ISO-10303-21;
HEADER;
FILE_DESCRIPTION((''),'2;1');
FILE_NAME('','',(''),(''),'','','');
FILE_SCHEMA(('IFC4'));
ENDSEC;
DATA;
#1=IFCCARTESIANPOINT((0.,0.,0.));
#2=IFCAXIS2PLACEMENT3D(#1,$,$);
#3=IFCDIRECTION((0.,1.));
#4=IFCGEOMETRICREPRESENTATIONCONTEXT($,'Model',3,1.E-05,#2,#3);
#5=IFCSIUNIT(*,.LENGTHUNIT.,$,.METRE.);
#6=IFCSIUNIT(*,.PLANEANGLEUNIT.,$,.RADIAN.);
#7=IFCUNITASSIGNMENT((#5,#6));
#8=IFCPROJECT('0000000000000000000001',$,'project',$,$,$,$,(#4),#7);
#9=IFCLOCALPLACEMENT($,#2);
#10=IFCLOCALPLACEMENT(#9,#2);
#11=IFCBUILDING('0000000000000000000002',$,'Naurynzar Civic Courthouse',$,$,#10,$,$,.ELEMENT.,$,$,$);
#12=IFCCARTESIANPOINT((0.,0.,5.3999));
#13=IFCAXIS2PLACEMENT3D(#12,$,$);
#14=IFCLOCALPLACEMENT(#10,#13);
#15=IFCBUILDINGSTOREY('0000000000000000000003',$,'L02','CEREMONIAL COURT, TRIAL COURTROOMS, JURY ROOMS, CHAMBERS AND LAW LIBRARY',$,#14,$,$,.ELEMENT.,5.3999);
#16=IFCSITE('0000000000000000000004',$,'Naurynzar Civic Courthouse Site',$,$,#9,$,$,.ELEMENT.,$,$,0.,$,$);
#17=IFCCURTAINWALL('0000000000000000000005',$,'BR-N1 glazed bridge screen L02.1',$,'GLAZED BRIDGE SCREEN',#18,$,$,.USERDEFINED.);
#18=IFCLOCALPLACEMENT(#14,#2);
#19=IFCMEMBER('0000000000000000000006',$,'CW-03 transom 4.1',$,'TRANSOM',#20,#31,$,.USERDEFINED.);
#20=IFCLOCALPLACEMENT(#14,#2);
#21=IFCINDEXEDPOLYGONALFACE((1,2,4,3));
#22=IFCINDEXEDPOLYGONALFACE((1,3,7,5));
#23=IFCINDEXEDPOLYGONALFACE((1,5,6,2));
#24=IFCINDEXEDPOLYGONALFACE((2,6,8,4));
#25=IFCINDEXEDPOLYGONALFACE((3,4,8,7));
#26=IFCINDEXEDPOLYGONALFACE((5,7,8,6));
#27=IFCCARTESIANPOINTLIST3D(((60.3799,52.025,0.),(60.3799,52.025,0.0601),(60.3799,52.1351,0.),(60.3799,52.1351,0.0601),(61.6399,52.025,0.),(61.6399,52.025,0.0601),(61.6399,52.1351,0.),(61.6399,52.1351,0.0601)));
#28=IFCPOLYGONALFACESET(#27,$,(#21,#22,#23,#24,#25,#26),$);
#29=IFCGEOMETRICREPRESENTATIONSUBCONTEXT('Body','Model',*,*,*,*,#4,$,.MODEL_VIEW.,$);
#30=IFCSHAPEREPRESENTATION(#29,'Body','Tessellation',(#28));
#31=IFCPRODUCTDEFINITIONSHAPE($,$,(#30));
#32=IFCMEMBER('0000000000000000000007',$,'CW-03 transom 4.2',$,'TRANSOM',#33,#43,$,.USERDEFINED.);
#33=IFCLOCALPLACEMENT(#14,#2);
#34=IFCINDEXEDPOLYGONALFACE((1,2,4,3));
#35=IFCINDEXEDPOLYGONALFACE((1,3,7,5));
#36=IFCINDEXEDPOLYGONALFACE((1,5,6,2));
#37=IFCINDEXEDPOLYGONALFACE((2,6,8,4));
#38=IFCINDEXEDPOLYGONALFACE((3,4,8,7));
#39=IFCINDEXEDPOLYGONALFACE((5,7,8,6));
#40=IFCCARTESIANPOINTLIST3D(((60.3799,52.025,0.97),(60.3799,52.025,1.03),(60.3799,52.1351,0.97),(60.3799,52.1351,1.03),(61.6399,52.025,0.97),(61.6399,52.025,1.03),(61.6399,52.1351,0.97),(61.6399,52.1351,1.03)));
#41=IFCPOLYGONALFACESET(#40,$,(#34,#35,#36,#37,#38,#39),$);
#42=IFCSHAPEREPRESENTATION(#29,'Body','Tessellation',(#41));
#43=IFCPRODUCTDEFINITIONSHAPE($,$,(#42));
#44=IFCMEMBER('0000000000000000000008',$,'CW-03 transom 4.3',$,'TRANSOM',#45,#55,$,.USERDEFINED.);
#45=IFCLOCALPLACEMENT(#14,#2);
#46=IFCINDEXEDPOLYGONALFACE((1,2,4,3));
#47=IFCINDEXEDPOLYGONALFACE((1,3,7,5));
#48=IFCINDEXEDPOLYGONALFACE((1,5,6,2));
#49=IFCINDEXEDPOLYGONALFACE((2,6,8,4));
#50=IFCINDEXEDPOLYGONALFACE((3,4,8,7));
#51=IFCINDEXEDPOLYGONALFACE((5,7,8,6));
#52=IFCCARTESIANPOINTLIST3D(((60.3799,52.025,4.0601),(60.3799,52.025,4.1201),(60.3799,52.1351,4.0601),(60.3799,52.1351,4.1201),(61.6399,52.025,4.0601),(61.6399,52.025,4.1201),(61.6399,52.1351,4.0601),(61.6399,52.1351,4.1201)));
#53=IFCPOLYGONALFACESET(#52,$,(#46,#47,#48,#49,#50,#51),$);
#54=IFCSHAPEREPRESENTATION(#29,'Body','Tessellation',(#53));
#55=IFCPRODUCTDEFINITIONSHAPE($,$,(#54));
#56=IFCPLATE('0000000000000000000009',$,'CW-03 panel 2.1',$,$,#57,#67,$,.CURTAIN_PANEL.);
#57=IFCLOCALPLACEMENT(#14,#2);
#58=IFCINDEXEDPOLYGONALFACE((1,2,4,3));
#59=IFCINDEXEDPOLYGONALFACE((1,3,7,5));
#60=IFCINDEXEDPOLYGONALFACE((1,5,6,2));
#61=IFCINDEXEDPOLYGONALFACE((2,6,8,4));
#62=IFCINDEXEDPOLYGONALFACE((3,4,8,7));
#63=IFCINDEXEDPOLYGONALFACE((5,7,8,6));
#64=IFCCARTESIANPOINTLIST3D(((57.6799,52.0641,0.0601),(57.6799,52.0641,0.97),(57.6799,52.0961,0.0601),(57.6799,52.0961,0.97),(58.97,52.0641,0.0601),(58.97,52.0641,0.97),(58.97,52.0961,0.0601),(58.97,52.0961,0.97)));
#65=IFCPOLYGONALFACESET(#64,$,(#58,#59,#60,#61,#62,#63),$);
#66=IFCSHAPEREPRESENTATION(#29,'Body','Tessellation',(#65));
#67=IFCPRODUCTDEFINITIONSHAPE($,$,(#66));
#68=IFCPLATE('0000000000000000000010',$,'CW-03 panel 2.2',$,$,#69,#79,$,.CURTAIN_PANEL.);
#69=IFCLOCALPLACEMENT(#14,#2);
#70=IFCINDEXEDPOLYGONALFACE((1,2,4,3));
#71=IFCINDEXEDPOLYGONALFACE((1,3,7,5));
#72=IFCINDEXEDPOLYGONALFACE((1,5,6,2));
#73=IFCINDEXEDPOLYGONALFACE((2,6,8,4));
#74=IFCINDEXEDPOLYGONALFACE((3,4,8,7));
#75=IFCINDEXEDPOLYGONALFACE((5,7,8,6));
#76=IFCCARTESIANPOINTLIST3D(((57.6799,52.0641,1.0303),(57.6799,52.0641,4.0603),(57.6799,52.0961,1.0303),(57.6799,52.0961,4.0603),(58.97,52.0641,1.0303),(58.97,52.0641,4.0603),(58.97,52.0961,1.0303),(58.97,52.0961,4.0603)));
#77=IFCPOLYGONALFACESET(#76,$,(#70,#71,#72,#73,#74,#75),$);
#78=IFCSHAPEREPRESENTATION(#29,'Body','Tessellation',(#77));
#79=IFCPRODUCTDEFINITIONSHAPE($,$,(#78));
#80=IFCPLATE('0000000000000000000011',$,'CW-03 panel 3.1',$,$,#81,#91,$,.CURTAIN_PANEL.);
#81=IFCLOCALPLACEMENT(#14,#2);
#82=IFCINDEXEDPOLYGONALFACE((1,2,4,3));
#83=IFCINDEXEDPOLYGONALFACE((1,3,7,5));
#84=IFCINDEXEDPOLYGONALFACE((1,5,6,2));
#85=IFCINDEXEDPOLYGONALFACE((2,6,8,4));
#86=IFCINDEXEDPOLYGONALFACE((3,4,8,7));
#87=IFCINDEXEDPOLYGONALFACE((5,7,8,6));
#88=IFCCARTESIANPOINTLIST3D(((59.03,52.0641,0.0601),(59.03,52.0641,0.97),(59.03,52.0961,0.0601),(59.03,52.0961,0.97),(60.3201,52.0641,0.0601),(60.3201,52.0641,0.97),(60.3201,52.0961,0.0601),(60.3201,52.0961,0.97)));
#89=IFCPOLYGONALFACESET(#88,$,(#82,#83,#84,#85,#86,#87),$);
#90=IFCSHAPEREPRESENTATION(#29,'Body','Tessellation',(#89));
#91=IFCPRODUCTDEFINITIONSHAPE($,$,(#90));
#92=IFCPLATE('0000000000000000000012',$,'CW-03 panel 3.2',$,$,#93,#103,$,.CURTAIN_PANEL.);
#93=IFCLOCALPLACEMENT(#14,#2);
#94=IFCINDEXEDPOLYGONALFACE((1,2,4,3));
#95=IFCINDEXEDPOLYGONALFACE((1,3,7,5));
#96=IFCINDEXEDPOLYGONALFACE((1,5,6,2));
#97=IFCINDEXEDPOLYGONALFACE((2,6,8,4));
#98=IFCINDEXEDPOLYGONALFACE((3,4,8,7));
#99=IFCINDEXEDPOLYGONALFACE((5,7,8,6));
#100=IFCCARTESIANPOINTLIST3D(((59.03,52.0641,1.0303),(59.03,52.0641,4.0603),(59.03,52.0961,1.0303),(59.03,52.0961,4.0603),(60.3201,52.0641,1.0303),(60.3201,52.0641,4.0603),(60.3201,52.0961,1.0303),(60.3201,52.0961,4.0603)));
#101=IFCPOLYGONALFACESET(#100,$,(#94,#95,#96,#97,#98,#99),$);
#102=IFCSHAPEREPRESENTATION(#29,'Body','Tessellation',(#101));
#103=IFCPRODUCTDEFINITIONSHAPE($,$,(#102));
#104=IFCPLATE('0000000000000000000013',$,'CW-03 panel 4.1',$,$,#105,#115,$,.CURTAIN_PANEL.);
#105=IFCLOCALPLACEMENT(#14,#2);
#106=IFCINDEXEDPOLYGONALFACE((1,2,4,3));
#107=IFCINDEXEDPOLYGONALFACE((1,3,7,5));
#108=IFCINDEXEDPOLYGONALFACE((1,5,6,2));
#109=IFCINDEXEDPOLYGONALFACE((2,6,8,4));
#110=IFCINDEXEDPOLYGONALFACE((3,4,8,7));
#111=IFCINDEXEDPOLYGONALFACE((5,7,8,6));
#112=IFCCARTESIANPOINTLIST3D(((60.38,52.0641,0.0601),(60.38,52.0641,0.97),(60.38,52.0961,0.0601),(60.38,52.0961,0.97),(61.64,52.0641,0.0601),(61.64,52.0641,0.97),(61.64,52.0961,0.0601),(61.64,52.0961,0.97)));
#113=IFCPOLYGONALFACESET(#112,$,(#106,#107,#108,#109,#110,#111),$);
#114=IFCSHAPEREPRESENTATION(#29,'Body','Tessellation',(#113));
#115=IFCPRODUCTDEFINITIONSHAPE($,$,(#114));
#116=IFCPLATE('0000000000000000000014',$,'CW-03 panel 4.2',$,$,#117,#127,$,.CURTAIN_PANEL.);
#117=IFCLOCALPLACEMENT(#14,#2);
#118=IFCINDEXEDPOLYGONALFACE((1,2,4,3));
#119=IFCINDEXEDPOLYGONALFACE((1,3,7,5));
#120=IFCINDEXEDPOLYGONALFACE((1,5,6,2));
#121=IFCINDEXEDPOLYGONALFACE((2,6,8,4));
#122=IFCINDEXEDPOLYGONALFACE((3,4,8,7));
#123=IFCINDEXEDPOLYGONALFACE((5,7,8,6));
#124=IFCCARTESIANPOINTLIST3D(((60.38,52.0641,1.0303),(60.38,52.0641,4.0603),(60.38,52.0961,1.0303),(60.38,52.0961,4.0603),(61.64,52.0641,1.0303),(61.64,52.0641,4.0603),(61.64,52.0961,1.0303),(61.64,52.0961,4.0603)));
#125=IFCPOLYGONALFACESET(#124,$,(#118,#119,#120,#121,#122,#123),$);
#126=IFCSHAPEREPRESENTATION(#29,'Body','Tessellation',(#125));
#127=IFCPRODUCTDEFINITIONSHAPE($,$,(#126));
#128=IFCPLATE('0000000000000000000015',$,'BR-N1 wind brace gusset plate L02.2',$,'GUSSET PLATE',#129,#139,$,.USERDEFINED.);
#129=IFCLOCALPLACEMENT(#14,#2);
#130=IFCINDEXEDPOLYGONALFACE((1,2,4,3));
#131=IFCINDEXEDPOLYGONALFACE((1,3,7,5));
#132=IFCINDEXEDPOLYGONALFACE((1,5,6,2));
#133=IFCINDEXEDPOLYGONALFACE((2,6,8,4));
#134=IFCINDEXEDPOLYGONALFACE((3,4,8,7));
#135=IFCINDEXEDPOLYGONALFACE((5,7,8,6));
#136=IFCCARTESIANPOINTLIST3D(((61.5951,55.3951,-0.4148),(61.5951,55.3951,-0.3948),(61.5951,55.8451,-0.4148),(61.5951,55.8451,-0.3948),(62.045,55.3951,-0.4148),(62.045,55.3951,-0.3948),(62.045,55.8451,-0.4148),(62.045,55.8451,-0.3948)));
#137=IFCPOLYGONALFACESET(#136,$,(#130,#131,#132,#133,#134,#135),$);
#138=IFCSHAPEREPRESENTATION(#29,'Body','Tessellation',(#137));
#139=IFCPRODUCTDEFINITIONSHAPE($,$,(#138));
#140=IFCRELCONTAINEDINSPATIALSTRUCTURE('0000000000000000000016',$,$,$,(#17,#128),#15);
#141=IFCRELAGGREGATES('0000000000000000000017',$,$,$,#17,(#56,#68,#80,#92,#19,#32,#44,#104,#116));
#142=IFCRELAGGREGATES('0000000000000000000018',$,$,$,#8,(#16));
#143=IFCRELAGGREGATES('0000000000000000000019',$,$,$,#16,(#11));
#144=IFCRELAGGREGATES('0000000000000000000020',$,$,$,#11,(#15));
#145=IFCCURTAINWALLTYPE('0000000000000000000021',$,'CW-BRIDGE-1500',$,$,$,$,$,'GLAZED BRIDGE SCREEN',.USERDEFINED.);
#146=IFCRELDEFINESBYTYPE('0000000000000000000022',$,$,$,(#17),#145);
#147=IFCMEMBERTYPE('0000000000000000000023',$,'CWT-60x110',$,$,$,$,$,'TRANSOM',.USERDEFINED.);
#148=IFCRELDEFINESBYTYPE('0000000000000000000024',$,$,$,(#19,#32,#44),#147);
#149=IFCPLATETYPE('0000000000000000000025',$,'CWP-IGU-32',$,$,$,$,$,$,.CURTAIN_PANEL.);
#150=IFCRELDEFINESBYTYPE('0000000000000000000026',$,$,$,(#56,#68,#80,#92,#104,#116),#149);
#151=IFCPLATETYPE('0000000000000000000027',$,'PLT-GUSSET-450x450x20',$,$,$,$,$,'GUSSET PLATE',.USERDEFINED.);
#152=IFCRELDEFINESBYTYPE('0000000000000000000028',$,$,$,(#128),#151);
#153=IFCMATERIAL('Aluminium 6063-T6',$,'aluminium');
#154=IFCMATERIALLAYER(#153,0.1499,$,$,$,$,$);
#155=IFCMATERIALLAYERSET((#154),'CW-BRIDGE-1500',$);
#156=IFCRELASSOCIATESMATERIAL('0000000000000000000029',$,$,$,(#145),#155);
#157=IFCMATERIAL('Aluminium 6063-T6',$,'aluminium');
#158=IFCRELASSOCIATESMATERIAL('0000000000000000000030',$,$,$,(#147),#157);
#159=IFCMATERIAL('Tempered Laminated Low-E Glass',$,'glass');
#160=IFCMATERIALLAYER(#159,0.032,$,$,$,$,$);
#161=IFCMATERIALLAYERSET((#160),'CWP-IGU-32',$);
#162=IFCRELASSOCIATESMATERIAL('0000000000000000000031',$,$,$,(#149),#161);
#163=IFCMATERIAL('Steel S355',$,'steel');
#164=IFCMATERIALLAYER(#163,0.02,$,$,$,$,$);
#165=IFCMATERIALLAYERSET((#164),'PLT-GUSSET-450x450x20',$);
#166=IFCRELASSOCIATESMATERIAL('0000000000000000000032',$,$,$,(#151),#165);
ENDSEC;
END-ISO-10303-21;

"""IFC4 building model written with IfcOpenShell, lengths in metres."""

from ifc_helpers import new_model, si_unit, direction, frame, origin, origin_2d, place, context, subcontext, project, spatial, rectangle, extrude, material, layer, layer_set, material_profile, profile_set, type_object, element, aggregate, save


model = new_model("IFC4")

# Units and contexts
model_context = context("Model", 3, precision=1e-05, world=origin(), true_north=direction((0.0, 1.0)))
body_context = subcontext(model_context, "Body", "Model", "MODEL_VIEW")
ifc_project = project(units=[si_unit("LENGTHUNIT", "METRE"), si_unit("PLANEANGLEUNIT", "RADIAN")], contexts=[model_context])

# Site, building, storey
site_placement = place(None, origin())
site = spatial("IfcSite", under=ifc_project, at=site_placement, Name="Naurynzar Civic Courthouse Site", CompositionType="ELEMENT", RefElevation=0.0)
building_placement = place(site_placement, origin())
building = spatial("IfcBuilding", under=site, at=building_placement, Name="Naurynzar Civic Courthouse", CompositionType="ELEMENT")
storey_placement = place(building_placement, frame((0.0, 0.0, 5.3999)))
storey = spatial("IfcBuildingStorey", under=building, at=storey_placement, Name="L02", Description="CEREMONIAL COURT, TRIAL COURTROOMS, JURY ROOMS, CHAMBERS AND LAW LIBRARY", CompositionType="ELEMENT", Elevation=5.3999)

# Curtain wall, members, plates
ifc_material_1 = material(Name="Aluminium 6063-T6", Category="aluminium")
ifc_layer_1 = layer(ifc_material_1, 0.1499)
ifc_layer_set_1 = layer_set([ifc_layer_1], Name="CW-BRIDGE-1500")
curtain_wall_type = type_object("IfcCurtainWallType", Name="CW-BRIDGE-1500", ElementType="GLAZED BRIDGE SCREEN", PredefinedType="USERDEFINED", material=ifc_layer_set_1)
curtain_wall_placement = place(storey_placement, origin())
curtain_wall = element("IfcCurtainWall", 1, at=curtain_wall_placement, inside=storey, type_object=curtain_wall_type, Name="BR-N1 glazed bridge screen L02.1", ObjectType="GLAZED BRIDGE SCREEN", PredefinedType="USERDEFINED")
ifc_material_2 = material(Name="Aluminium 6063-T6", Category="aluminium")
ifc_material_profile_1 = material_profile(ifc_material_2, rectangle(XDim=0.1101, YDim=0.0601, at=origin_2d()), Name="ALU TRANSOM 60x110")
ifc_profile_set_1 = profile_set([ifc_material_profile_1], Name="Aluminium 6063-T6")
member_type_1 = type_object("IfcMemberType", Name="CWT-60x110", ElementType="TRANSOM", PredefinedType="USERDEFINED", material=ifc_profile_set_1)
member_1_placement = place(storey_placement, frame((60.3799, 52.0801, 0.03), z_axis=(1.0, 0.0, 0.0), x_axis=(0.0, 1.0, 0.0)))
member_1 = element("IfcMember", 2, at=member_1_placement, type_object=member_type_1, Name="CW-03 transom 4.1", ObjectType="TRANSOM", PredefinedType="USERDEFINED", context=body_context, shape_type="SweptSolid", body=[
    extrude(rectangle(XDim=0.1101, YDim=0.0601, at=origin_2d()), origin(), (0.0, 0.0, 1.0), 1.26),
])
member_2_placement = place(storey_placement, frame((60.3799, 52.0801, 1.0), z_axis=(1.0, 0.0, 0.0), x_axis=(0.0, 1.0, 0.0)))
member_2 = element("IfcMember", 3, at=member_2_placement, type_object=member_type_1, Name="CW-03 transom 4.2", ObjectType="TRANSOM", PredefinedType="USERDEFINED", context=body_context, shape_type="SweptSolid", body=[
    extrude(rectangle(XDim=0.1101, YDim=0.0601, at=origin_2d()), origin(), (0.0, 0.0, 1.0), 1.26),
])
member_3_placement = place(storey_placement, frame((60.3799, 52.0801, 4.0901), z_axis=(1.0, 0.0, 0.0), x_axis=(0.0, 1.0, 0.0)))
member_3 = element("IfcMember", 4, at=member_3_placement, type_object=member_type_1, Name="CW-03 transom 4.3", ObjectType="TRANSOM", PredefinedType="USERDEFINED", context=body_context, shape_type="SweptSolid", body=[
    extrude(rectangle(XDim=0.1101, YDim=0.0601, at=origin_2d()), origin(), (0.0, 0.0, 1.0), 1.26),
])
ifc_material_3 = material(Name="Tempered Laminated Low-E Glass", Category="glass")
ifc_layer_2 = layer(ifc_material_3, 0.032)
ifc_layer_set_2 = layer_set([ifc_layer_2], Name="CWP-IGU-32")
plate_type_1 = type_object("IfcPlateType", Name="CWP-IGU-32", PredefinedType="CURTAIN_PANEL", material=ifc_layer_set_2)
plate_1_placement = place(storey_placement, frame((58.325, 52.0801, 0.0601), z_axis=(0.0, 0.0, 1.0), x_axis=(1.0, 0.0, 0.0)))
plate_1 = element("IfcPlate", 5, at=plate_1_placement, type_object=plate_type_1, Name="CW-03 panel 2.1", PredefinedType="CURTAIN_PANEL", context=body_context, shape_type="SweptSolid", body=[
    extrude(rectangle(XDim=1.29, YDim=0.032, at=origin_2d()), origin(), (0.0, 0.0, 1.0), 0.9099),
])
plate_2_placement = place(storey_placement, frame((58.325, 52.0801, 1.0303), z_axis=(0.0, 0.0, 1.0), x_axis=(1.0, 0.0, 0.0)))
plate_2 = element("IfcPlate", 6, at=plate_2_placement, type_object=plate_type_1, Name="CW-03 panel 2.2", PredefinedType="CURTAIN_PANEL", context=body_context, shape_type="SweptSolid", body=[
    extrude(rectangle(XDim=1.29, YDim=0.032, at=origin_2d()), origin(), (0.0, 0.0, 1.0), 3.03),
])
plate_3_placement = place(storey_placement, frame((59.675, 52.0801, 0.0601), z_axis=(0.0, 0.0, 1.0), x_axis=(1.0, 0.0, 0.0)))
plate_3 = element("IfcPlate", 7, at=plate_3_placement, type_object=plate_type_1, Name="CW-03 panel 3.1", PredefinedType="CURTAIN_PANEL", context=body_context, shape_type="SweptSolid", body=[
    extrude(rectangle(XDim=1.29, YDim=0.032, at=origin_2d()), origin(), (0.0, 0.0, 1.0), 0.9099),
])
plate_4_placement = place(storey_placement, frame((59.675, 52.0801, 1.0303), z_axis=(0.0, 0.0, 1.0), x_axis=(1.0, 0.0, 0.0)))
plate_4 = element("IfcPlate", 8, at=plate_4_placement, type_object=plate_type_1, Name="CW-03 panel 3.2", PredefinedType="CURTAIN_PANEL", context=body_context, shape_type="SweptSolid", body=[
    extrude(rectangle(XDim=1.29, YDim=0.032, at=origin_2d()), origin(), (0.0, 0.0, 1.0), 3.03),
])
plate_5_placement = place(storey_placement, frame((61.01, 52.0801, 0.0601), z_axis=(0.0, 0.0, 1.0), x_axis=(1.0, 0.0, 0.0)))
plate_5 = element("IfcPlate", 9, at=plate_5_placement, type_object=plate_type_1, Name="CW-03 panel 4.1", PredefinedType="CURTAIN_PANEL", context=body_context, shape_type="SweptSolid", body=[
    extrude(rectangle(XDim=1.26, YDim=0.032, at=origin_2d()), origin(), (0.0, 0.0, 1.0), 0.9099),
])
plate_6_placement = place(storey_placement, frame((61.01, 52.0801, 1.0303), z_axis=(0.0, 0.0, 1.0), x_axis=(1.0, 0.0, 0.0)))
plate_6 = element("IfcPlate", 10, at=plate_6_placement, type_object=plate_type_1, Name="CW-03 panel 4.2", PredefinedType="CURTAIN_PANEL", context=body_context, shape_type="SweptSolid", body=[
    extrude(rectangle(XDim=1.26, YDim=0.032, at=origin_2d()), origin(), (0.0, 0.0, 1.0), 3.03),
])
aggregate(curtain_wall, [plate_1, plate_2, plate_3, plate_4, member_1, member_2, member_3, plate_5, plate_6])

# Plate
ifc_material_4 = material(Name="Steel S355", Category="steel")
ifc_layer_3 = layer(ifc_material_4, 0.02)
ifc_layer_set_3 = layer_set([ifc_layer_3], Name="PLT-GUSSET-450x450x20")
plate_type_2 = type_object("IfcPlateType", Name="PLT-GUSSET-450x450x20", ElementType="GUSSET PLATE", PredefinedType="USERDEFINED", material=ifc_layer_set_3)
plate_7_placement = place(storey_placement, frame((61.8201, 55.6201, -0.4148), z_axis=(0.0, 0.0, 1.0), x_axis=(1.0, 0.0, 0.0)))
element("IfcPlate", 11, at=plate_7_placement, inside=storey, type_object=plate_type_2, Name="BR-N1 wind brace gusset plate L02.2", ObjectType="GUSSET PLATE", PredefinedType="USERDEFINED", context=body_context, shape_type="SweptSolid", body=[
    extrude(rectangle(XDim=0.45, YDim=0.45, at=origin_2d()), origin(), (0.0, 0.0, 1.0), 0.02),
])

save(model, "model.ifc")
